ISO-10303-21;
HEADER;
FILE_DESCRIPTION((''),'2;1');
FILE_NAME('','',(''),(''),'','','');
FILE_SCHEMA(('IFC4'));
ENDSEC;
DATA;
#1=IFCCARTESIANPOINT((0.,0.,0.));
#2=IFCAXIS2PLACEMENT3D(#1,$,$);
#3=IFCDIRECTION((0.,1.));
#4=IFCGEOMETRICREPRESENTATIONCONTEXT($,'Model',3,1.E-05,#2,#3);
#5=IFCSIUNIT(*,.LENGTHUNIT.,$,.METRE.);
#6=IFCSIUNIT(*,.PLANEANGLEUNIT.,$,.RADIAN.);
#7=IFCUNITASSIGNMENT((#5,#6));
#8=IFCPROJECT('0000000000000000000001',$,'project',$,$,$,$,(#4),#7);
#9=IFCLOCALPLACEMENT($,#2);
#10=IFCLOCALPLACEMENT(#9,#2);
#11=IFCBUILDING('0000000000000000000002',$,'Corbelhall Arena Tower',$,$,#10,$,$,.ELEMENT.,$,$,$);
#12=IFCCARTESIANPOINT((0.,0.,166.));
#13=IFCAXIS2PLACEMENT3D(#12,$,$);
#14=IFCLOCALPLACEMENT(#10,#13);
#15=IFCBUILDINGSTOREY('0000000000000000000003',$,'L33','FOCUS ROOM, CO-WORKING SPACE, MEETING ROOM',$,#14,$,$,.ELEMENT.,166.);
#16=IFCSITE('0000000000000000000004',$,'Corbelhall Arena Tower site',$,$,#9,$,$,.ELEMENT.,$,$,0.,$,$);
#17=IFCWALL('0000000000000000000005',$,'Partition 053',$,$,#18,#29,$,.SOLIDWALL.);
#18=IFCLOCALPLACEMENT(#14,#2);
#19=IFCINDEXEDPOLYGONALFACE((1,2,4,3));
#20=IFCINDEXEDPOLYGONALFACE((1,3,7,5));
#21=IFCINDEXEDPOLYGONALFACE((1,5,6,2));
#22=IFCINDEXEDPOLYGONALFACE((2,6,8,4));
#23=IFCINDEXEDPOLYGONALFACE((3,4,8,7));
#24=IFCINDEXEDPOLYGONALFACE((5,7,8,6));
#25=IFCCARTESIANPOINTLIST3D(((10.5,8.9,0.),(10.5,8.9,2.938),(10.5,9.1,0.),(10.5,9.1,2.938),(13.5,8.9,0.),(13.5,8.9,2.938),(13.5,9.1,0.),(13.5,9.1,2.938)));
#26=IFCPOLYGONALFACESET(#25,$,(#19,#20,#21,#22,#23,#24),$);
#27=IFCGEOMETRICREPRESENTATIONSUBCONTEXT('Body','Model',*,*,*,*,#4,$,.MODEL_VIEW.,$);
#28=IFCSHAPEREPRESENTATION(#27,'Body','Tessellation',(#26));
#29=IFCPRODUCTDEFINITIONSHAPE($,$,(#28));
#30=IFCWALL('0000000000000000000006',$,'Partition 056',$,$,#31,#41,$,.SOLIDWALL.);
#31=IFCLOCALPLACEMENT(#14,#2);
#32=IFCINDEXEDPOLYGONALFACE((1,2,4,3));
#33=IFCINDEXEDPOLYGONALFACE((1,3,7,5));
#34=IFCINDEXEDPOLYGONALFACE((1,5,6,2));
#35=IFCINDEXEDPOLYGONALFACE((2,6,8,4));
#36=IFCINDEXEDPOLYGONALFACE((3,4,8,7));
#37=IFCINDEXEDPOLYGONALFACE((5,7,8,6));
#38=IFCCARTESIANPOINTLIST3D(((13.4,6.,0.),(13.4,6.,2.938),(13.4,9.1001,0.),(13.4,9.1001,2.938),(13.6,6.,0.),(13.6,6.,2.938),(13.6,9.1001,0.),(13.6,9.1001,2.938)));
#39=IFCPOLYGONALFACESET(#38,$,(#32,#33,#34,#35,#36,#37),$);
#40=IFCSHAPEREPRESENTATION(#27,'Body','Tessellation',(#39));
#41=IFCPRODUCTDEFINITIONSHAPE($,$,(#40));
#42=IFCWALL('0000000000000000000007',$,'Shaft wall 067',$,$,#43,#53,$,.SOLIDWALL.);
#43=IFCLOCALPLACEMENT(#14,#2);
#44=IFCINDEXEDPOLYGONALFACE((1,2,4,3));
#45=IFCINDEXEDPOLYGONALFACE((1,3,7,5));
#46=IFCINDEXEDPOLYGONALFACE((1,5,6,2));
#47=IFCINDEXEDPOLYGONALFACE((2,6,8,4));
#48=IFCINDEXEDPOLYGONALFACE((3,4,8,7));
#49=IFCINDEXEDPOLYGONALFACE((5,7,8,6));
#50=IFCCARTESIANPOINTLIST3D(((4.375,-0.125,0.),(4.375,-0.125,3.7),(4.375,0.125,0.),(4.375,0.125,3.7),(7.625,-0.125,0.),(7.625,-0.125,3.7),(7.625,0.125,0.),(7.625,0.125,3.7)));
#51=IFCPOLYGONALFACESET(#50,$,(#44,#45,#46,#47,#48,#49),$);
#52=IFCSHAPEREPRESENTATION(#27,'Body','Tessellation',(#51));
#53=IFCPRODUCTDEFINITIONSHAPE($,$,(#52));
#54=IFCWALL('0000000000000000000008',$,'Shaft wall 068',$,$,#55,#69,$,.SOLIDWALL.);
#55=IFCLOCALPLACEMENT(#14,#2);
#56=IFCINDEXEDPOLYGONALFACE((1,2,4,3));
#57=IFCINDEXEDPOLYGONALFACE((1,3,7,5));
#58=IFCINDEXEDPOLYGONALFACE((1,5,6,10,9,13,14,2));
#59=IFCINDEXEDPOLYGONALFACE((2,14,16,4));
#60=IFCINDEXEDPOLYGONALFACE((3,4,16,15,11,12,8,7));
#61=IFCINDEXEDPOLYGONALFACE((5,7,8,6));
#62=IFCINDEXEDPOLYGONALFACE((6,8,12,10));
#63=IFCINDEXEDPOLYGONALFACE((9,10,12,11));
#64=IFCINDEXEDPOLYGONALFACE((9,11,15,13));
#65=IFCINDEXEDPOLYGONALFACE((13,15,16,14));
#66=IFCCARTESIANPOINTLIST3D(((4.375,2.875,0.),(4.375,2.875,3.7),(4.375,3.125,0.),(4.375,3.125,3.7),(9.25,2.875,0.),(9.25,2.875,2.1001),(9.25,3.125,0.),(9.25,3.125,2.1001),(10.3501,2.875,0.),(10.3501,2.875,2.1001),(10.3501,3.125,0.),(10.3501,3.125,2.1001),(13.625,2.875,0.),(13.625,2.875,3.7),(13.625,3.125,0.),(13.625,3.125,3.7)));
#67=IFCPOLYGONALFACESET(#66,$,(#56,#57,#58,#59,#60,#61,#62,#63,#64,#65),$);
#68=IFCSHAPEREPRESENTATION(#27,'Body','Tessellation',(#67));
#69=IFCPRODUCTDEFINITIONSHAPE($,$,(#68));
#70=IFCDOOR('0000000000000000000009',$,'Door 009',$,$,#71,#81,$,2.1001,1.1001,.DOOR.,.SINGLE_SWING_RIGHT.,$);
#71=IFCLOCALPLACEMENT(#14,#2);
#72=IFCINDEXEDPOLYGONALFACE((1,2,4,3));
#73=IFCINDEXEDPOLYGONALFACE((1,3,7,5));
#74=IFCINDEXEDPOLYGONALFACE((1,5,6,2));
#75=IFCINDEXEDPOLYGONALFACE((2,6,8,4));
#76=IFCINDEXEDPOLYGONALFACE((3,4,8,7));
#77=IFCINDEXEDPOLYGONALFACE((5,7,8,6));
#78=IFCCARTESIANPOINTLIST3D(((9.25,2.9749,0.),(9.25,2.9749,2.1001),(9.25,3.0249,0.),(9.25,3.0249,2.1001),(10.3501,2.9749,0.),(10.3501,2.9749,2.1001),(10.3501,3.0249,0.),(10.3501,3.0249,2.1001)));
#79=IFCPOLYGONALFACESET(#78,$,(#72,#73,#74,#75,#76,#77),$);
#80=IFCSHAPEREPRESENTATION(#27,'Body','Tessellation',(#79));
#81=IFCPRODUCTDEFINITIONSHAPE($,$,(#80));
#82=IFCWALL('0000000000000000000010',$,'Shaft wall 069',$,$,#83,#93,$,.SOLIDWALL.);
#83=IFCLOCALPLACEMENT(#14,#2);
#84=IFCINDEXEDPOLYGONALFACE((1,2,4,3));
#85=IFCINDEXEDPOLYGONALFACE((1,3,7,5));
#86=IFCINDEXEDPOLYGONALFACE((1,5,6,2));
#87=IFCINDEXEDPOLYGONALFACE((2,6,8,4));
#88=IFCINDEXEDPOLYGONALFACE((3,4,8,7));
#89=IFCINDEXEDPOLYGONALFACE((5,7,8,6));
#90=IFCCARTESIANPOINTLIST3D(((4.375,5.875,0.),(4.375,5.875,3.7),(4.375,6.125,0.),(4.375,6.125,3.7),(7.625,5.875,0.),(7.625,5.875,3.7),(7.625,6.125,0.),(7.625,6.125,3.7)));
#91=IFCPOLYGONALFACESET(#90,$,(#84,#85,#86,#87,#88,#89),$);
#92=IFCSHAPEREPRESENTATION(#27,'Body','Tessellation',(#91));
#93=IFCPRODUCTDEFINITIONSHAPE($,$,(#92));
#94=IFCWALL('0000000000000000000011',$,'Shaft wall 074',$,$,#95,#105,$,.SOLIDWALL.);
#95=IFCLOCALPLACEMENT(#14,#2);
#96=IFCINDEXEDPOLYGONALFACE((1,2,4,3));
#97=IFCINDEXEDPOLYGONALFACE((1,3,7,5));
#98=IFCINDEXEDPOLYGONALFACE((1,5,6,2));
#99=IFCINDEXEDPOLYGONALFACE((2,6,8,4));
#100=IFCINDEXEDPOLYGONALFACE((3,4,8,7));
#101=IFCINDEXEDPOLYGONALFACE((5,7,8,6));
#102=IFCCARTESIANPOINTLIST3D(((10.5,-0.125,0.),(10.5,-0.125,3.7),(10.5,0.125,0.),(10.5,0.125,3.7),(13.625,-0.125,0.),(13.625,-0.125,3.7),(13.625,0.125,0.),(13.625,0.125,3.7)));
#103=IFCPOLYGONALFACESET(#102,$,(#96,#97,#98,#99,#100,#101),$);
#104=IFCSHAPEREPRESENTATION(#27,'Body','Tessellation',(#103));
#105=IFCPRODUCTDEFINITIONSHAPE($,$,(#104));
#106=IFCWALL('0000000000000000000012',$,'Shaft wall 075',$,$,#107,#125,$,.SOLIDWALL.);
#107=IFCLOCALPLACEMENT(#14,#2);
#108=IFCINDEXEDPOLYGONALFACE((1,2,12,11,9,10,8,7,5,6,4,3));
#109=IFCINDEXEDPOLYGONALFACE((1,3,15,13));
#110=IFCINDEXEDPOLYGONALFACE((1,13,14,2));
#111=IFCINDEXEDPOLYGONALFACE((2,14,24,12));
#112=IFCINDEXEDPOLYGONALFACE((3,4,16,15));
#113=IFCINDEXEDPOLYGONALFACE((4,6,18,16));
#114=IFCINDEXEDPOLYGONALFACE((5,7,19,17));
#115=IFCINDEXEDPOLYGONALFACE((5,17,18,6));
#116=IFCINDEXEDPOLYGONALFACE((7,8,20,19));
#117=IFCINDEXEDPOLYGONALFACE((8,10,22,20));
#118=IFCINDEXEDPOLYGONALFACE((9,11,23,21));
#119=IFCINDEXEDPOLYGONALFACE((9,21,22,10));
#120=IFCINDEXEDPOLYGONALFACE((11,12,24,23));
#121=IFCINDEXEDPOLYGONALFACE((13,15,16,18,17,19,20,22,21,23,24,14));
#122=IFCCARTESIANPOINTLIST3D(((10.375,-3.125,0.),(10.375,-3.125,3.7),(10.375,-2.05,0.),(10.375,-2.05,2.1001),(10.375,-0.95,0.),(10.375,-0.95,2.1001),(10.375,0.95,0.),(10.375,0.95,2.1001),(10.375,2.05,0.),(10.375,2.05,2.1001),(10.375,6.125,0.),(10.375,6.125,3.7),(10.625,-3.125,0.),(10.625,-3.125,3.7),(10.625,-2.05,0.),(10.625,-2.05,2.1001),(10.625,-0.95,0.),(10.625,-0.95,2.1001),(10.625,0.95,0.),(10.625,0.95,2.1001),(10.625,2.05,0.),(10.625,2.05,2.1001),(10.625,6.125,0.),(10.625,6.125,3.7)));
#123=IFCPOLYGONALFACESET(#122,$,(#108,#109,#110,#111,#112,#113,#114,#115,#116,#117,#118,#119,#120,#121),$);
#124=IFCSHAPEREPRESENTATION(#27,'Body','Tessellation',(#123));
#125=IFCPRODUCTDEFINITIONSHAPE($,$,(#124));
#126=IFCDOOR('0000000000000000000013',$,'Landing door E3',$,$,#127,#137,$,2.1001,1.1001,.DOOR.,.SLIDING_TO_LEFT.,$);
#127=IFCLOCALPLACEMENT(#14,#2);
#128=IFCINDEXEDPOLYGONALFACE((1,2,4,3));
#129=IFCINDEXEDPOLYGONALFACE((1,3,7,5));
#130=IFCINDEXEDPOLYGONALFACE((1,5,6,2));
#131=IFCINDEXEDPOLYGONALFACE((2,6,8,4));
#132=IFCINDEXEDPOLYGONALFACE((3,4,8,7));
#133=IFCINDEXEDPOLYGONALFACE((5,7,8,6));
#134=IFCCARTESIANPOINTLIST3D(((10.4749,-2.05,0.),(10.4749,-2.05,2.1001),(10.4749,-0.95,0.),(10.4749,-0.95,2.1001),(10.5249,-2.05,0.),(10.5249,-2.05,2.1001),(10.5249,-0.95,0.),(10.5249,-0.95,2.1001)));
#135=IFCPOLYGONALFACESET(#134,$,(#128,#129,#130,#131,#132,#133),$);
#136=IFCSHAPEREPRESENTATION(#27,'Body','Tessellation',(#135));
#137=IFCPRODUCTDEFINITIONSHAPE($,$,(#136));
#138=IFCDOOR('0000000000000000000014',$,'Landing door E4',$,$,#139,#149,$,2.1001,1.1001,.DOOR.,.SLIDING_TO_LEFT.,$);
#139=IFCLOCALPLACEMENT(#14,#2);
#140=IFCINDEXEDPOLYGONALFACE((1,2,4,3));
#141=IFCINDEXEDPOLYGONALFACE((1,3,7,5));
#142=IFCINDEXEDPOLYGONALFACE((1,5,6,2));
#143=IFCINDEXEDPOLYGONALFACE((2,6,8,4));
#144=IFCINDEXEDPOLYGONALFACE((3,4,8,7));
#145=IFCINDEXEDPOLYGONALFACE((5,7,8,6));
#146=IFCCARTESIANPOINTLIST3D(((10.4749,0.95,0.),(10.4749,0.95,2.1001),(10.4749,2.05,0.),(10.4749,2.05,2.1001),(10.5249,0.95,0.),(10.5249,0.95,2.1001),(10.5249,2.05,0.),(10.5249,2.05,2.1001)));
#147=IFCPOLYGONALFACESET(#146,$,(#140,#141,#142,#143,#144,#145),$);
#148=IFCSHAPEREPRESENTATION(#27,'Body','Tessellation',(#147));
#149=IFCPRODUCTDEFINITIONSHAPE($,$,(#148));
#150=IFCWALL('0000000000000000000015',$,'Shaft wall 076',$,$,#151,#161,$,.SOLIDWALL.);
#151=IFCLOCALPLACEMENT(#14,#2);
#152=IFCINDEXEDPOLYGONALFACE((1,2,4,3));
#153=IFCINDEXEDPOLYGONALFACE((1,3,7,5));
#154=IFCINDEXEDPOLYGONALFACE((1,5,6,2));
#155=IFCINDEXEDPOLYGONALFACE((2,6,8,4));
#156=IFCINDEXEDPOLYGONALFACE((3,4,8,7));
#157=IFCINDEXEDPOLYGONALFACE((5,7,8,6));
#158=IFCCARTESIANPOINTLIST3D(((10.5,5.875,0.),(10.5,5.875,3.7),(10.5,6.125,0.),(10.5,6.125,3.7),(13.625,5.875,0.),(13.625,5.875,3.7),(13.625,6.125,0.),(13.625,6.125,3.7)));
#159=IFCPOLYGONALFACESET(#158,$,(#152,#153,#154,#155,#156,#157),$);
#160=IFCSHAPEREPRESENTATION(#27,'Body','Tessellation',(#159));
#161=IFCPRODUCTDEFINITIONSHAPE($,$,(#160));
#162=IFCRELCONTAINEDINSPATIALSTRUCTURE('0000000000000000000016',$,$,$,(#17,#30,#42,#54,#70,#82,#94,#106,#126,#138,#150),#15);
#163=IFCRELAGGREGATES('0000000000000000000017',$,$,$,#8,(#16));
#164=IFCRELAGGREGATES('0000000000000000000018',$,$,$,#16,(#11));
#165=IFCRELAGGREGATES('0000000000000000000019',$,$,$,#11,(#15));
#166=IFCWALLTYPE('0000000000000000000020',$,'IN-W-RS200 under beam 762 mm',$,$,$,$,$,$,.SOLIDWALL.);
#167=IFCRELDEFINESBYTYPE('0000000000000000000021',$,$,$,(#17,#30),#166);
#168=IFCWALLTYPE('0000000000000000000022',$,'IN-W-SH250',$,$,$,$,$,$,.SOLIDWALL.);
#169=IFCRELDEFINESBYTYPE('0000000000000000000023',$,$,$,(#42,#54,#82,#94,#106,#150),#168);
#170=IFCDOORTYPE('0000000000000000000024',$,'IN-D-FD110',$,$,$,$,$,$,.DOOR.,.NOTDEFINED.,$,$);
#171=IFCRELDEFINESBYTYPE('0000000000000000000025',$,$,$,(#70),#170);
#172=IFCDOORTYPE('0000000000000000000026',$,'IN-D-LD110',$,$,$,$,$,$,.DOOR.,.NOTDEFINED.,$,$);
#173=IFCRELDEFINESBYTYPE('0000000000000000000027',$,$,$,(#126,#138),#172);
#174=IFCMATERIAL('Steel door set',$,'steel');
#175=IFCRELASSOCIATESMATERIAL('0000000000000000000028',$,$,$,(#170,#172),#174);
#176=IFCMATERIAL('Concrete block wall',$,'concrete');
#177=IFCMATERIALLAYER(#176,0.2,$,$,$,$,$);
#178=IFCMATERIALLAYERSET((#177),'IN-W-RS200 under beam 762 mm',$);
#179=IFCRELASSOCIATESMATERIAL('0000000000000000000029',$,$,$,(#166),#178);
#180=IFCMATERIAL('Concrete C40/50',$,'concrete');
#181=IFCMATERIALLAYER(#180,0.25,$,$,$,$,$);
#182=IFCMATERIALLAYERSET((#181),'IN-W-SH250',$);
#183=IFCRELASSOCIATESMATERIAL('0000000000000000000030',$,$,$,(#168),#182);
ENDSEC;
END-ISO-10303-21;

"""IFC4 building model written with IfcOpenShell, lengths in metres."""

from ifc_helpers import new_model, si_unit, direction, frame, frame_2d, origin, place, context, subcontext, project, spatial, rectangle, extrude, material, layer, layer_set, type_object, element, fill, save


model = new_model("IFC4")

# Units and contexts
model_context = context("Model", 3, precision=1e-05, world=origin(), true_north=direction((0.0, 1.0)))
body_context = subcontext(model_context, "Body", "Model", "MODEL_VIEW")
ifc_project = project(units=[si_unit("LENGTHUNIT", "METRE"), si_unit("PLANEANGLEUNIT", "RADIAN")], contexts=[model_context])

# Site, building, storey
site_placement = place(None, origin())
site = spatial("IfcSite", under=ifc_project, at=site_placement, Name="Corbelhall Arena Tower site", CompositionType="ELEMENT", RefElevation=0.0)
building_placement = place(site_placement, origin())
building = spatial("IfcBuilding", under=site, at=building_placement, Name="Corbelhall Arena Tower", CompositionType="ELEMENT")
storey_placement = place(building_placement, frame((0.0, 0.0, 166.0)))
storey = spatial("IfcBuildingStorey", under=building, at=storey_placement, Name="L33", Description="FOCUS ROOM, CO-WORKING SPACE, MEETING ROOM", CompositionType="ELEMENT", Elevation=166.0)

# Shared definitions
ifc_material_1 = material(Name="Concrete C40/50", Category="concrete")

# Shared definitions
ifc_material_2 = material(Name="Concrete block wall", Category="concrete")
ifc_material_3 = material(Name="Steel door set", Category="steel")
door_type_1 = type_object("IfcDoorType", Name="IN-D-FD110", OperationType="NOTDEFINED", PredefinedType="DOOR", material=ifc_material_3)

# Walls
ifc_layer_1 = layer(ifc_material_2, 0.2)
ifc_layer_set_1 = layer_set([ifc_layer_1], Name="IN-W-RS200 under beam 762 mm")
wall_type_1 = type_object("IfcWallType", Name="IN-W-RS200 under beam 762 mm", PredefinedType="SOLIDWALL", material=ifc_layer_set_1)
wall_1_placement = place(storey_placement, frame((10.5, 9.0, 0.0), z_axis=(0.0, 0.0, 1.0), x_axis=(1.0, 0.0, 0.0)))
element("IfcWall", 1, at=wall_1_placement, inside=storey, type_object=wall_type_1, Name="Partition 053", PredefinedType="SOLIDWALL", context=body_context, shape_type="SweptSolid", body=[
    extrude(rectangle(XDim=3.0, YDim=0.2, at=frame_2d((1.5, 0.0))), origin(), (0.0, 0.0, 1.0), 2.938),
])
wall_2_placement = place(storey_placement, frame((13.5, 9.1001, 0.0), z_axis=(0.0, 0.0, 1.0), x_axis=(0.0, -1.0, 0.0)))
element("IfcWall", 2, at=wall_2_placement, inside=storey, type_object=wall_type_1, Name="Partition 056", PredefinedType="SOLIDWALL", context=body_context, shape_type="SweptSolid", body=[
    extrude(rectangle(XDim=3.1001, YDim=0.2, at=frame_2d((1.55, 0.0))), origin(), (0.0, 0.0, 1.0), 2.938),
])
ifc_layer_2 = layer(ifc_material_1, 0.25)
ifc_layer_set_2 = layer_set([ifc_layer_2], Name="IN-W-SH250")
wall_type_2 = type_object("IfcWallType", Name="IN-W-SH250", PredefinedType="SOLIDWALL", material=ifc_layer_set_2)
wall_3_placement = place(storey_placement, frame((4.375, 0.0, 0.0), z_axis=(0.0, 0.0, 1.0), x_axis=(1.0, 0.0, 0.0)))
element("IfcWall", 3, at=wall_3_placement, inside=storey, type_object=wall_type_2, Name="Shaft wall 067", PredefinedType="SOLIDWALL", context=body_context, shape_type="SweptSolid", body=[
    extrude(rectangle(XDim=3.25, YDim=0.25, at=frame_2d((1.625, 0.0))), origin(), (0.0, 0.0, 1.0), 3.7),
])

# Wall, opening, door
wall_4_placement = place(storey_placement, frame((4.375, 3.0, 0.0), z_axis=(0.0, 0.0, 1.0), x_axis=(1.0, 0.0, 0.0)))
wall_4 = element("IfcWall", 4, at=wall_4_placement, inside=storey, type_object=wall_type_2, Name="Shaft wall 068", PredefinedType="SOLIDWALL", context=body_context, shape_type="SweptSolid", body=[
    extrude(rectangle(XDim=9.25, YDim=0.25, at=frame_2d((4.625, 0.0))), origin(), (0.0, 0.0, 1.0), 3.7),
])
opening_1_placement = place(wall_4_placement, frame((4.875, 0.0, 0.0)))
opening_1 = element("IfcOpeningElement", 5, at=opening_1_placement, cuts=wall_4, PredefinedType="OPENING", context=body_context, shape_type="SweptSolid", body=[
    extrude(rectangle(XDim=1.1001, YDim=2.1001, at=frame_2d((0.55, 1.05))), frame((0.0, 0.125, 0.0), z_axis=(0.0, -1.0, 0.0), x_axis=(1.0, 0.0, 0.0)), (0.0, 0.0, 1.0), 0.25),
])
door_1_placement = place(opening_1_placement, origin())
door_1 = element("IfcDoor", 6, at=door_1_placement, inside=storey, type_object=door_type_1, Name="Door 009", OperationType="SINGLE_SWING_RIGHT", OverallHeight=2.1001, OverallWidth=1.1001, PredefinedType="DOOR", context=body_context, shape_type="SweptSolid", body=[
    extrude(rectangle(XDim=1.1001, YDim=2.1001, at=frame_2d((0.55, 1.05))), frame((0.0, 0.0249, 0.0), z_axis=(0.0, -1.0, 0.0), x_axis=(1.0, 0.0, 0.0)), (0.0, 0.0, 1.0), 0.05),
])
fill(opening_1, door_1)

# Walls
wall_5_placement = place(storey_placement, frame((4.375, 6.0, 0.0), z_axis=(0.0, 0.0, 1.0), x_axis=(1.0, 0.0, 0.0)))
element("IfcWall", 7, at=wall_5_placement, inside=storey, type_object=wall_type_2, Name="Shaft wall 069", PredefinedType="SOLIDWALL", context=body_context, shape_type="SweptSolid", body=[
    extrude(rectangle(XDim=3.25, YDim=0.25, at=frame_2d((1.625, 0.0))), origin(), (0.0, 0.0, 1.0), 3.7),
])
wall_6_placement = place(storey_placement, frame((10.5, 0.0, 0.0), z_axis=(0.0, 0.0, 1.0), x_axis=(1.0, 0.0, 0.0)))
element("IfcWall", 8, at=wall_6_placement, inside=storey, type_object=wall_type_2, Name="Shaft wall 074", PredefinedType="SOLIDWALL", context=body_context, shape_type="SweptSolid", body=[
    extrude(rectangle(XDim=3.125, YDim=0.25, at=frame_2d((1.5625, 0.0))), origin(), (0.0, 0.0, 1.0), 3.7),
])

# Wall, openings, doors
wall_7_placement = place(storey_placement, frame((10.5, 6.125, 0.0), z_axis=(0.0, 0.0, 1.0), x_axis=(0.0, -1.0, 0.0)))
wall_7 = element("IfcWall", 9, at=wall_7_placement, inside=storey, type_object=wall_type_2, Name="Shaft wall 075", PredefinedType="SOLIDWALL", context=body_context, shape_type="SweptSolid", body=[
    extrude(rectangle(XDim=9.25, YDim=0.25, at=frame_2d((4.625, 0.0))), origin(), (0.0, 0.0, 1.0), 3.7),
])
opening_2_placement = place(wall_7_placement, frame((7.075, 0.0, 0.0)))
opening_2 = element("IfcOpeningElement", 10, at=opening_2_placement, cuts=wall_7, PredefinedType="OPENING", context=body_context, shape_type="SweptSolid", body=[
    extrude(rectangle(XDim=1.1001, YDim=2.1001, at=frame_2d((0.55, 1.05))), frame((0.0, 0.125, 0.0), z_axis=(0.0, -1.0, 0.0), x_axis=(1.0, 0.0, 0.0)), (0.0, 0.0, 1.0), 0.25),
])
opening_3_placement = place(wall_7_placement, frame((4.075, 0.0, 0.0)))
opening_3 = element("IfcOpeningElement", 11, at=opening_3_placement, cuts=wall_7, PredefinedType="OPENING", context=body_context, shape_type="SweptSolid", body=[
    extrude(rectangle(XDim=1.1001, YDim=2.1001, at=frame_2d((0.55, 1.05))), frame((0.0, 0.125, 0.0), z_axis=(0.0, -1.0, 0.0), x_axis=(1.0, 0.0, 0.0)), (0.0, 0.0, 1.0), 0.25),
])
door_type_2 = type_object("IfcDoorType", Name="IN-D-LD110", OperationType="NOTDEFINED", PredefinedType="DOOR", material=ifc_material_3)
door_2_placement = place(opening_2_placement, origin())
door_2 = element("IfcDoor", 12, at=door_2_placement, inside=storey, type_object=door_type_2, Name="Landing door E3", OperationType="SLIDING_TO_LEFT", OverallHeight=2.1001, OverallWidth=1.1001, PredefinedType="DOOR", context=body_context, shape_type="SweptSolid", body=[
    extrude(rectangle(XDim=1.1001, YDim=2.1001, at=frame_2d((0.55, 1.05))), frame((0.0, 0.0249, 0.0), z_axis=(0.0, -1.0, 0.0), x_axis=(1.0, 0.0, 0.0)), (0.0, 0.0, 1.0), 0.05),
])
fill(opening_2, door_2)
door_3_placement = place(opening_3_placement, origin())
door_3 = element("IfcDoor", 13, at=door_3_placement, inside=storey, type_object=door_type_2, Name="Landing door E4", OperationType="SLIDING_TO_LEFT", OverallHeight=2.1001, OverallWidth=1.1001, PredefinedType="DOOR", context=body_context, shape_type="SweptSolid", body=[
    extrude(rectangle(XDim=1.1001, YDim=2.1001, at=frame_2d((0.55, 1.05))), frame((0.0, 0.0249, 0.0), z_axis=(0.0, -1.0, 0.0), x_axis=(1.0, 0.0, 0.0)), (0.0, 0.0, 1.0), 0.05),
])
fill(opening_3, door_3)

# Wall
wall_8_placement = place(storey_placement, frame((10.5, 6.0, 0.0), z_axis=(0.0, 0.0, 1.0), x_axis=(1.0, 0.0, 0.0)))
element("IfcWall", 14, at=wall_8_placement, inside=storey, type_object=wall_type_2, Name="Shaft wall 076", PredefinedType="SOLIDWALL", context=body_context, shape_type="SweptSolid", body=[
    extrude(rectangle(XDim=3.125, YDim=0.25, at=frame_2d((1.5625, 0.0))), origin(), (0.0, 0.0, 1.0), 3.7),
])

save(model, "model.ifc")
